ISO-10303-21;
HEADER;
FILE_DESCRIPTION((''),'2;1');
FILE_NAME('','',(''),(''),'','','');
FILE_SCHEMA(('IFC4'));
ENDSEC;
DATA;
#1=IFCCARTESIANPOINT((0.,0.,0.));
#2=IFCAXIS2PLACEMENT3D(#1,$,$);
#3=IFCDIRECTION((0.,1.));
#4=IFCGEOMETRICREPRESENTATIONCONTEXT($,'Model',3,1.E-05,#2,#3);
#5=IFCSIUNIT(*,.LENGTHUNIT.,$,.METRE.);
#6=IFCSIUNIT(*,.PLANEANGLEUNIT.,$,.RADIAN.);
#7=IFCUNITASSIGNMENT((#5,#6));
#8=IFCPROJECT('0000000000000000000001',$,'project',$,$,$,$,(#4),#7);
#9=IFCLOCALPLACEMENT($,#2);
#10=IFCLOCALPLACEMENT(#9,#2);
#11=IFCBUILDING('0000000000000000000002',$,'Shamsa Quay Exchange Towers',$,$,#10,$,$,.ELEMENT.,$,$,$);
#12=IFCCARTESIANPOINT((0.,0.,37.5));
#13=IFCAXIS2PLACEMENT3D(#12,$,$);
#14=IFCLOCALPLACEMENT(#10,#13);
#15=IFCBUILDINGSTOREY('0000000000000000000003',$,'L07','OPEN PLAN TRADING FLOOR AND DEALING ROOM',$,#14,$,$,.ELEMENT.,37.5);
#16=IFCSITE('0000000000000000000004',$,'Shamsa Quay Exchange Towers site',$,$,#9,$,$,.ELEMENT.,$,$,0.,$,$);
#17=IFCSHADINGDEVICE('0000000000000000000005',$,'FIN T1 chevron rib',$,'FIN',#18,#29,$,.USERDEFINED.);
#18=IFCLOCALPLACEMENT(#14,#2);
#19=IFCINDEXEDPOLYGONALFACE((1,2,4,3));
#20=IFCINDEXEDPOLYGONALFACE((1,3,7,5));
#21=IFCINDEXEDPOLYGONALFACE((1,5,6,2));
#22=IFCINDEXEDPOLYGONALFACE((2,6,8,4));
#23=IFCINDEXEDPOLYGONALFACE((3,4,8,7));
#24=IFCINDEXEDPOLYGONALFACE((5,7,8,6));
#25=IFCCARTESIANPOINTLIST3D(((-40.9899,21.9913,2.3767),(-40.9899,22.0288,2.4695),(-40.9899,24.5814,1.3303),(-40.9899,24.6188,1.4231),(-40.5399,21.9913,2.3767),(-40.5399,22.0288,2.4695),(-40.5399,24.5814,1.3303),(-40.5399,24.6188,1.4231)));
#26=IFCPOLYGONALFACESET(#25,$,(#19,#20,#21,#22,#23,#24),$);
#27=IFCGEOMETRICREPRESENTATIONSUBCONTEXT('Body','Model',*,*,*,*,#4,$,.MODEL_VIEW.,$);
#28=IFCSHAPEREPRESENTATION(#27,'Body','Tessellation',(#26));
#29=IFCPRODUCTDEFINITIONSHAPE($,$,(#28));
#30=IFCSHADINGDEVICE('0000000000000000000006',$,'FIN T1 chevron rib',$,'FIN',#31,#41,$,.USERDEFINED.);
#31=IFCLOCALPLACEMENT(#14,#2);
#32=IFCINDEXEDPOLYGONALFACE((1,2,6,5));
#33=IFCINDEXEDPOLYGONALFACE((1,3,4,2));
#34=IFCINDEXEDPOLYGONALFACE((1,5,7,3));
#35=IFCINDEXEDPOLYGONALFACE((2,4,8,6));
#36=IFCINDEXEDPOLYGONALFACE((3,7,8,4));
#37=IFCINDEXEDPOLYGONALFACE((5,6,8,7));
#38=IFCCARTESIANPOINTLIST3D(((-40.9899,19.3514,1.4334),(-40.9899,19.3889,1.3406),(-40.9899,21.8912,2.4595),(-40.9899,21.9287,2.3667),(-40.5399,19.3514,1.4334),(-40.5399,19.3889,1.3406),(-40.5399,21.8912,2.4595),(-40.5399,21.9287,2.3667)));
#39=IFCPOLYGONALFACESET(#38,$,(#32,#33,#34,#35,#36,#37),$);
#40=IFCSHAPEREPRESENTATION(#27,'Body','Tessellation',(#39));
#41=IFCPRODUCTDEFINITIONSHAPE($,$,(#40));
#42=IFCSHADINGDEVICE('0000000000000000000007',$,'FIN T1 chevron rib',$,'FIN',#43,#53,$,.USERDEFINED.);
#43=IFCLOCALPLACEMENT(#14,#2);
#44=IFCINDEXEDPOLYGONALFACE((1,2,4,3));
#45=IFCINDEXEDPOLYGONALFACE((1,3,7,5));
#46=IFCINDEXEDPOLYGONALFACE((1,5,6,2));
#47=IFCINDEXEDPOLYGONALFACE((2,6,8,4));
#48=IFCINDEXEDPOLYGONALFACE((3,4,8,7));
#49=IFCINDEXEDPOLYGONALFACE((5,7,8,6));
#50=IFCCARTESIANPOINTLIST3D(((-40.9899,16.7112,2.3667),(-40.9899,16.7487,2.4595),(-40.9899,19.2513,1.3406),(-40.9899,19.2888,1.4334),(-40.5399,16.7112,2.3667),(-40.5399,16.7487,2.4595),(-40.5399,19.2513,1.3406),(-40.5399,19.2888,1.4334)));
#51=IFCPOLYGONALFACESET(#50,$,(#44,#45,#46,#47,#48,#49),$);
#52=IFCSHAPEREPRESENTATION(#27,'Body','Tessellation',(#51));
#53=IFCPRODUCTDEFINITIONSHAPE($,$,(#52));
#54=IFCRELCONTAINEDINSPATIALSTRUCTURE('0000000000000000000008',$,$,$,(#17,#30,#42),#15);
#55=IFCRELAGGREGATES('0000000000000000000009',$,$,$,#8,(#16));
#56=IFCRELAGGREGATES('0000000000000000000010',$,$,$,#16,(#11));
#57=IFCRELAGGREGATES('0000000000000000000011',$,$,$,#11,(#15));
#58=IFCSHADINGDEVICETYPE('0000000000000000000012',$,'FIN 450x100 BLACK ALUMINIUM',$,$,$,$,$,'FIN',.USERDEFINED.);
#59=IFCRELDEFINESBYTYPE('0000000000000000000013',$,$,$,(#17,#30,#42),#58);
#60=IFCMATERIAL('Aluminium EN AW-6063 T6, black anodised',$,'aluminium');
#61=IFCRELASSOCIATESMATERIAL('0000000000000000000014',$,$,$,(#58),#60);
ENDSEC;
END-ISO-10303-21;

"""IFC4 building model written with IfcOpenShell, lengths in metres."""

from ifc_helpers import new_model, si_unit, direction, frame, origin, origin_2d, place, context, subcontext, project, spatial, rectangle, extrude, material, material_profile, profile_set, type_object, element, save


model = new_model("IFC4")

# Units and contexts
model_context = context("Model", 3, precision=1e-05, world=origin(), true_north=direction((0.0, 1.0)))
body_context = subcontext(model_context, "Body", "Model", "MODEL_VIEW")
ifc_project = project(units=[si_unit("LENGTHUNIT", "METRE"), si_unit("PLANEANGLEUNIT", "RADIAN")], contexts=[model_context])

# Site, building, storey
site_placement = place(None, origin())
site = spatial("IfcSite", under=ifc_project, at=site_placement, Name="Shamsa Quay Exchange Towers site", CompositionType="ELEMENT", RefElevation=0.0)
building_placement = place(site_placement, origin())
building = spatial("IfcBuilding", under=site, at=building_placement, Name="Shamsa Quay Exchange Towers", CompositionType="ELEMENT")
storey_placement = place(building_placement, frame((0.0, 0.0, 37.5)))
storey = spatial("IfcBuildingStorey", under=building, at=storey_placement, Name="L07", Description="OPEN PLAN TRADING FLOOR AND DEALING ROOM", CompositionType="ELEMENT", Elevation=37.5)

# Shared definitions
ifc_material_1 = material(Name="Aluminium EN AW-6063 T6, black anodised", Category="aluminium")

# Shading devices
ifc_material_profile_1 = material_profile(ifc_material_1, rectangle(XDim=0.45, YDim=0.1001, at=origin_2d()), Name="FIN450x100")
ifc_profile_set_1 = profile_set([ifc_material_profile_1], Name="Aluminium EN AW-6063 T6, black anodised")
shading_device_type = type_object("IfcShadingDeviceType", Name="FIN 450x100 BLACK ALUMINIUM", ElementType="FIN", PredefinedType="USERDEFINED", material=ifc_profile_set_1)
for number, where, z_axis, x_axis, name in (
    (1, (-40.7649, 24.6001, 1.3767), (0.0, -0.927193, 0.374583), (1.0, 0.0, 0.0), "FIN T1 chevron rib"),
):
    element("IfcShadingDevice", number, at=place(storey_placement, frame(where, z_axis=z_axis, x_axis=x_axis)), inside=storey, type_object=shading_device_type, Name=name, ObjectType="FIN", PredefinedType="USERDEFINED", context=body_context, shape_type="SweptSolid", body=[
        extrude(rectangle(XDim=0.45, YDim=0.1001, at=origin_2d()), origin(), (0.0, 0.0, 1.0), 2.7935),
    ])
shading_device_1_placement = place(storey_placement, frame((-40.7649, 21.9099, 2.4131), z_axis=(0.0, -0.927186, -0.3746), x_axis=(1.0, 0.0, 0.0)))
element("IfcShadingDevice", 2, at=shading_device_1_placement, inside=storey, type_object=shading_device_type, Name="FIN T1 chevron rib", ObjectType="FIN", PredefinedType="USERDEFINED", context=body_context, shape_type="SweptSolid", body=[
    extrude(rectangle(XDim=0.45, YDim=0.1001, at=origin_2d()), origin(), (0.0, 0.0, 1.0), 2.7393),
])
shading_device_2_placement = place(storey_placement, frame((-40.7649, 19.27, 1.387), z_axis=(0.0, -0.927199, 0.374569), x_axis=(1.0, 0.0, 0.0)))
element("IfcShadingDevice", 3, at=shading_device_2_placement, inside=storey, type_object=shading_device_type, Name="FIN T1 chevron rib", ObjectType="FIN", PredefinedType="USERDEFINED", context=body_context, shape_type="SweptSolid", body=[
    extrude(rectangle(XDim=0.45, YDim=0.1001, at=origin_2d()), origin(), (0.0, 0.0, 1.0), 2.7395),
])

save(model, "model.ifc")
